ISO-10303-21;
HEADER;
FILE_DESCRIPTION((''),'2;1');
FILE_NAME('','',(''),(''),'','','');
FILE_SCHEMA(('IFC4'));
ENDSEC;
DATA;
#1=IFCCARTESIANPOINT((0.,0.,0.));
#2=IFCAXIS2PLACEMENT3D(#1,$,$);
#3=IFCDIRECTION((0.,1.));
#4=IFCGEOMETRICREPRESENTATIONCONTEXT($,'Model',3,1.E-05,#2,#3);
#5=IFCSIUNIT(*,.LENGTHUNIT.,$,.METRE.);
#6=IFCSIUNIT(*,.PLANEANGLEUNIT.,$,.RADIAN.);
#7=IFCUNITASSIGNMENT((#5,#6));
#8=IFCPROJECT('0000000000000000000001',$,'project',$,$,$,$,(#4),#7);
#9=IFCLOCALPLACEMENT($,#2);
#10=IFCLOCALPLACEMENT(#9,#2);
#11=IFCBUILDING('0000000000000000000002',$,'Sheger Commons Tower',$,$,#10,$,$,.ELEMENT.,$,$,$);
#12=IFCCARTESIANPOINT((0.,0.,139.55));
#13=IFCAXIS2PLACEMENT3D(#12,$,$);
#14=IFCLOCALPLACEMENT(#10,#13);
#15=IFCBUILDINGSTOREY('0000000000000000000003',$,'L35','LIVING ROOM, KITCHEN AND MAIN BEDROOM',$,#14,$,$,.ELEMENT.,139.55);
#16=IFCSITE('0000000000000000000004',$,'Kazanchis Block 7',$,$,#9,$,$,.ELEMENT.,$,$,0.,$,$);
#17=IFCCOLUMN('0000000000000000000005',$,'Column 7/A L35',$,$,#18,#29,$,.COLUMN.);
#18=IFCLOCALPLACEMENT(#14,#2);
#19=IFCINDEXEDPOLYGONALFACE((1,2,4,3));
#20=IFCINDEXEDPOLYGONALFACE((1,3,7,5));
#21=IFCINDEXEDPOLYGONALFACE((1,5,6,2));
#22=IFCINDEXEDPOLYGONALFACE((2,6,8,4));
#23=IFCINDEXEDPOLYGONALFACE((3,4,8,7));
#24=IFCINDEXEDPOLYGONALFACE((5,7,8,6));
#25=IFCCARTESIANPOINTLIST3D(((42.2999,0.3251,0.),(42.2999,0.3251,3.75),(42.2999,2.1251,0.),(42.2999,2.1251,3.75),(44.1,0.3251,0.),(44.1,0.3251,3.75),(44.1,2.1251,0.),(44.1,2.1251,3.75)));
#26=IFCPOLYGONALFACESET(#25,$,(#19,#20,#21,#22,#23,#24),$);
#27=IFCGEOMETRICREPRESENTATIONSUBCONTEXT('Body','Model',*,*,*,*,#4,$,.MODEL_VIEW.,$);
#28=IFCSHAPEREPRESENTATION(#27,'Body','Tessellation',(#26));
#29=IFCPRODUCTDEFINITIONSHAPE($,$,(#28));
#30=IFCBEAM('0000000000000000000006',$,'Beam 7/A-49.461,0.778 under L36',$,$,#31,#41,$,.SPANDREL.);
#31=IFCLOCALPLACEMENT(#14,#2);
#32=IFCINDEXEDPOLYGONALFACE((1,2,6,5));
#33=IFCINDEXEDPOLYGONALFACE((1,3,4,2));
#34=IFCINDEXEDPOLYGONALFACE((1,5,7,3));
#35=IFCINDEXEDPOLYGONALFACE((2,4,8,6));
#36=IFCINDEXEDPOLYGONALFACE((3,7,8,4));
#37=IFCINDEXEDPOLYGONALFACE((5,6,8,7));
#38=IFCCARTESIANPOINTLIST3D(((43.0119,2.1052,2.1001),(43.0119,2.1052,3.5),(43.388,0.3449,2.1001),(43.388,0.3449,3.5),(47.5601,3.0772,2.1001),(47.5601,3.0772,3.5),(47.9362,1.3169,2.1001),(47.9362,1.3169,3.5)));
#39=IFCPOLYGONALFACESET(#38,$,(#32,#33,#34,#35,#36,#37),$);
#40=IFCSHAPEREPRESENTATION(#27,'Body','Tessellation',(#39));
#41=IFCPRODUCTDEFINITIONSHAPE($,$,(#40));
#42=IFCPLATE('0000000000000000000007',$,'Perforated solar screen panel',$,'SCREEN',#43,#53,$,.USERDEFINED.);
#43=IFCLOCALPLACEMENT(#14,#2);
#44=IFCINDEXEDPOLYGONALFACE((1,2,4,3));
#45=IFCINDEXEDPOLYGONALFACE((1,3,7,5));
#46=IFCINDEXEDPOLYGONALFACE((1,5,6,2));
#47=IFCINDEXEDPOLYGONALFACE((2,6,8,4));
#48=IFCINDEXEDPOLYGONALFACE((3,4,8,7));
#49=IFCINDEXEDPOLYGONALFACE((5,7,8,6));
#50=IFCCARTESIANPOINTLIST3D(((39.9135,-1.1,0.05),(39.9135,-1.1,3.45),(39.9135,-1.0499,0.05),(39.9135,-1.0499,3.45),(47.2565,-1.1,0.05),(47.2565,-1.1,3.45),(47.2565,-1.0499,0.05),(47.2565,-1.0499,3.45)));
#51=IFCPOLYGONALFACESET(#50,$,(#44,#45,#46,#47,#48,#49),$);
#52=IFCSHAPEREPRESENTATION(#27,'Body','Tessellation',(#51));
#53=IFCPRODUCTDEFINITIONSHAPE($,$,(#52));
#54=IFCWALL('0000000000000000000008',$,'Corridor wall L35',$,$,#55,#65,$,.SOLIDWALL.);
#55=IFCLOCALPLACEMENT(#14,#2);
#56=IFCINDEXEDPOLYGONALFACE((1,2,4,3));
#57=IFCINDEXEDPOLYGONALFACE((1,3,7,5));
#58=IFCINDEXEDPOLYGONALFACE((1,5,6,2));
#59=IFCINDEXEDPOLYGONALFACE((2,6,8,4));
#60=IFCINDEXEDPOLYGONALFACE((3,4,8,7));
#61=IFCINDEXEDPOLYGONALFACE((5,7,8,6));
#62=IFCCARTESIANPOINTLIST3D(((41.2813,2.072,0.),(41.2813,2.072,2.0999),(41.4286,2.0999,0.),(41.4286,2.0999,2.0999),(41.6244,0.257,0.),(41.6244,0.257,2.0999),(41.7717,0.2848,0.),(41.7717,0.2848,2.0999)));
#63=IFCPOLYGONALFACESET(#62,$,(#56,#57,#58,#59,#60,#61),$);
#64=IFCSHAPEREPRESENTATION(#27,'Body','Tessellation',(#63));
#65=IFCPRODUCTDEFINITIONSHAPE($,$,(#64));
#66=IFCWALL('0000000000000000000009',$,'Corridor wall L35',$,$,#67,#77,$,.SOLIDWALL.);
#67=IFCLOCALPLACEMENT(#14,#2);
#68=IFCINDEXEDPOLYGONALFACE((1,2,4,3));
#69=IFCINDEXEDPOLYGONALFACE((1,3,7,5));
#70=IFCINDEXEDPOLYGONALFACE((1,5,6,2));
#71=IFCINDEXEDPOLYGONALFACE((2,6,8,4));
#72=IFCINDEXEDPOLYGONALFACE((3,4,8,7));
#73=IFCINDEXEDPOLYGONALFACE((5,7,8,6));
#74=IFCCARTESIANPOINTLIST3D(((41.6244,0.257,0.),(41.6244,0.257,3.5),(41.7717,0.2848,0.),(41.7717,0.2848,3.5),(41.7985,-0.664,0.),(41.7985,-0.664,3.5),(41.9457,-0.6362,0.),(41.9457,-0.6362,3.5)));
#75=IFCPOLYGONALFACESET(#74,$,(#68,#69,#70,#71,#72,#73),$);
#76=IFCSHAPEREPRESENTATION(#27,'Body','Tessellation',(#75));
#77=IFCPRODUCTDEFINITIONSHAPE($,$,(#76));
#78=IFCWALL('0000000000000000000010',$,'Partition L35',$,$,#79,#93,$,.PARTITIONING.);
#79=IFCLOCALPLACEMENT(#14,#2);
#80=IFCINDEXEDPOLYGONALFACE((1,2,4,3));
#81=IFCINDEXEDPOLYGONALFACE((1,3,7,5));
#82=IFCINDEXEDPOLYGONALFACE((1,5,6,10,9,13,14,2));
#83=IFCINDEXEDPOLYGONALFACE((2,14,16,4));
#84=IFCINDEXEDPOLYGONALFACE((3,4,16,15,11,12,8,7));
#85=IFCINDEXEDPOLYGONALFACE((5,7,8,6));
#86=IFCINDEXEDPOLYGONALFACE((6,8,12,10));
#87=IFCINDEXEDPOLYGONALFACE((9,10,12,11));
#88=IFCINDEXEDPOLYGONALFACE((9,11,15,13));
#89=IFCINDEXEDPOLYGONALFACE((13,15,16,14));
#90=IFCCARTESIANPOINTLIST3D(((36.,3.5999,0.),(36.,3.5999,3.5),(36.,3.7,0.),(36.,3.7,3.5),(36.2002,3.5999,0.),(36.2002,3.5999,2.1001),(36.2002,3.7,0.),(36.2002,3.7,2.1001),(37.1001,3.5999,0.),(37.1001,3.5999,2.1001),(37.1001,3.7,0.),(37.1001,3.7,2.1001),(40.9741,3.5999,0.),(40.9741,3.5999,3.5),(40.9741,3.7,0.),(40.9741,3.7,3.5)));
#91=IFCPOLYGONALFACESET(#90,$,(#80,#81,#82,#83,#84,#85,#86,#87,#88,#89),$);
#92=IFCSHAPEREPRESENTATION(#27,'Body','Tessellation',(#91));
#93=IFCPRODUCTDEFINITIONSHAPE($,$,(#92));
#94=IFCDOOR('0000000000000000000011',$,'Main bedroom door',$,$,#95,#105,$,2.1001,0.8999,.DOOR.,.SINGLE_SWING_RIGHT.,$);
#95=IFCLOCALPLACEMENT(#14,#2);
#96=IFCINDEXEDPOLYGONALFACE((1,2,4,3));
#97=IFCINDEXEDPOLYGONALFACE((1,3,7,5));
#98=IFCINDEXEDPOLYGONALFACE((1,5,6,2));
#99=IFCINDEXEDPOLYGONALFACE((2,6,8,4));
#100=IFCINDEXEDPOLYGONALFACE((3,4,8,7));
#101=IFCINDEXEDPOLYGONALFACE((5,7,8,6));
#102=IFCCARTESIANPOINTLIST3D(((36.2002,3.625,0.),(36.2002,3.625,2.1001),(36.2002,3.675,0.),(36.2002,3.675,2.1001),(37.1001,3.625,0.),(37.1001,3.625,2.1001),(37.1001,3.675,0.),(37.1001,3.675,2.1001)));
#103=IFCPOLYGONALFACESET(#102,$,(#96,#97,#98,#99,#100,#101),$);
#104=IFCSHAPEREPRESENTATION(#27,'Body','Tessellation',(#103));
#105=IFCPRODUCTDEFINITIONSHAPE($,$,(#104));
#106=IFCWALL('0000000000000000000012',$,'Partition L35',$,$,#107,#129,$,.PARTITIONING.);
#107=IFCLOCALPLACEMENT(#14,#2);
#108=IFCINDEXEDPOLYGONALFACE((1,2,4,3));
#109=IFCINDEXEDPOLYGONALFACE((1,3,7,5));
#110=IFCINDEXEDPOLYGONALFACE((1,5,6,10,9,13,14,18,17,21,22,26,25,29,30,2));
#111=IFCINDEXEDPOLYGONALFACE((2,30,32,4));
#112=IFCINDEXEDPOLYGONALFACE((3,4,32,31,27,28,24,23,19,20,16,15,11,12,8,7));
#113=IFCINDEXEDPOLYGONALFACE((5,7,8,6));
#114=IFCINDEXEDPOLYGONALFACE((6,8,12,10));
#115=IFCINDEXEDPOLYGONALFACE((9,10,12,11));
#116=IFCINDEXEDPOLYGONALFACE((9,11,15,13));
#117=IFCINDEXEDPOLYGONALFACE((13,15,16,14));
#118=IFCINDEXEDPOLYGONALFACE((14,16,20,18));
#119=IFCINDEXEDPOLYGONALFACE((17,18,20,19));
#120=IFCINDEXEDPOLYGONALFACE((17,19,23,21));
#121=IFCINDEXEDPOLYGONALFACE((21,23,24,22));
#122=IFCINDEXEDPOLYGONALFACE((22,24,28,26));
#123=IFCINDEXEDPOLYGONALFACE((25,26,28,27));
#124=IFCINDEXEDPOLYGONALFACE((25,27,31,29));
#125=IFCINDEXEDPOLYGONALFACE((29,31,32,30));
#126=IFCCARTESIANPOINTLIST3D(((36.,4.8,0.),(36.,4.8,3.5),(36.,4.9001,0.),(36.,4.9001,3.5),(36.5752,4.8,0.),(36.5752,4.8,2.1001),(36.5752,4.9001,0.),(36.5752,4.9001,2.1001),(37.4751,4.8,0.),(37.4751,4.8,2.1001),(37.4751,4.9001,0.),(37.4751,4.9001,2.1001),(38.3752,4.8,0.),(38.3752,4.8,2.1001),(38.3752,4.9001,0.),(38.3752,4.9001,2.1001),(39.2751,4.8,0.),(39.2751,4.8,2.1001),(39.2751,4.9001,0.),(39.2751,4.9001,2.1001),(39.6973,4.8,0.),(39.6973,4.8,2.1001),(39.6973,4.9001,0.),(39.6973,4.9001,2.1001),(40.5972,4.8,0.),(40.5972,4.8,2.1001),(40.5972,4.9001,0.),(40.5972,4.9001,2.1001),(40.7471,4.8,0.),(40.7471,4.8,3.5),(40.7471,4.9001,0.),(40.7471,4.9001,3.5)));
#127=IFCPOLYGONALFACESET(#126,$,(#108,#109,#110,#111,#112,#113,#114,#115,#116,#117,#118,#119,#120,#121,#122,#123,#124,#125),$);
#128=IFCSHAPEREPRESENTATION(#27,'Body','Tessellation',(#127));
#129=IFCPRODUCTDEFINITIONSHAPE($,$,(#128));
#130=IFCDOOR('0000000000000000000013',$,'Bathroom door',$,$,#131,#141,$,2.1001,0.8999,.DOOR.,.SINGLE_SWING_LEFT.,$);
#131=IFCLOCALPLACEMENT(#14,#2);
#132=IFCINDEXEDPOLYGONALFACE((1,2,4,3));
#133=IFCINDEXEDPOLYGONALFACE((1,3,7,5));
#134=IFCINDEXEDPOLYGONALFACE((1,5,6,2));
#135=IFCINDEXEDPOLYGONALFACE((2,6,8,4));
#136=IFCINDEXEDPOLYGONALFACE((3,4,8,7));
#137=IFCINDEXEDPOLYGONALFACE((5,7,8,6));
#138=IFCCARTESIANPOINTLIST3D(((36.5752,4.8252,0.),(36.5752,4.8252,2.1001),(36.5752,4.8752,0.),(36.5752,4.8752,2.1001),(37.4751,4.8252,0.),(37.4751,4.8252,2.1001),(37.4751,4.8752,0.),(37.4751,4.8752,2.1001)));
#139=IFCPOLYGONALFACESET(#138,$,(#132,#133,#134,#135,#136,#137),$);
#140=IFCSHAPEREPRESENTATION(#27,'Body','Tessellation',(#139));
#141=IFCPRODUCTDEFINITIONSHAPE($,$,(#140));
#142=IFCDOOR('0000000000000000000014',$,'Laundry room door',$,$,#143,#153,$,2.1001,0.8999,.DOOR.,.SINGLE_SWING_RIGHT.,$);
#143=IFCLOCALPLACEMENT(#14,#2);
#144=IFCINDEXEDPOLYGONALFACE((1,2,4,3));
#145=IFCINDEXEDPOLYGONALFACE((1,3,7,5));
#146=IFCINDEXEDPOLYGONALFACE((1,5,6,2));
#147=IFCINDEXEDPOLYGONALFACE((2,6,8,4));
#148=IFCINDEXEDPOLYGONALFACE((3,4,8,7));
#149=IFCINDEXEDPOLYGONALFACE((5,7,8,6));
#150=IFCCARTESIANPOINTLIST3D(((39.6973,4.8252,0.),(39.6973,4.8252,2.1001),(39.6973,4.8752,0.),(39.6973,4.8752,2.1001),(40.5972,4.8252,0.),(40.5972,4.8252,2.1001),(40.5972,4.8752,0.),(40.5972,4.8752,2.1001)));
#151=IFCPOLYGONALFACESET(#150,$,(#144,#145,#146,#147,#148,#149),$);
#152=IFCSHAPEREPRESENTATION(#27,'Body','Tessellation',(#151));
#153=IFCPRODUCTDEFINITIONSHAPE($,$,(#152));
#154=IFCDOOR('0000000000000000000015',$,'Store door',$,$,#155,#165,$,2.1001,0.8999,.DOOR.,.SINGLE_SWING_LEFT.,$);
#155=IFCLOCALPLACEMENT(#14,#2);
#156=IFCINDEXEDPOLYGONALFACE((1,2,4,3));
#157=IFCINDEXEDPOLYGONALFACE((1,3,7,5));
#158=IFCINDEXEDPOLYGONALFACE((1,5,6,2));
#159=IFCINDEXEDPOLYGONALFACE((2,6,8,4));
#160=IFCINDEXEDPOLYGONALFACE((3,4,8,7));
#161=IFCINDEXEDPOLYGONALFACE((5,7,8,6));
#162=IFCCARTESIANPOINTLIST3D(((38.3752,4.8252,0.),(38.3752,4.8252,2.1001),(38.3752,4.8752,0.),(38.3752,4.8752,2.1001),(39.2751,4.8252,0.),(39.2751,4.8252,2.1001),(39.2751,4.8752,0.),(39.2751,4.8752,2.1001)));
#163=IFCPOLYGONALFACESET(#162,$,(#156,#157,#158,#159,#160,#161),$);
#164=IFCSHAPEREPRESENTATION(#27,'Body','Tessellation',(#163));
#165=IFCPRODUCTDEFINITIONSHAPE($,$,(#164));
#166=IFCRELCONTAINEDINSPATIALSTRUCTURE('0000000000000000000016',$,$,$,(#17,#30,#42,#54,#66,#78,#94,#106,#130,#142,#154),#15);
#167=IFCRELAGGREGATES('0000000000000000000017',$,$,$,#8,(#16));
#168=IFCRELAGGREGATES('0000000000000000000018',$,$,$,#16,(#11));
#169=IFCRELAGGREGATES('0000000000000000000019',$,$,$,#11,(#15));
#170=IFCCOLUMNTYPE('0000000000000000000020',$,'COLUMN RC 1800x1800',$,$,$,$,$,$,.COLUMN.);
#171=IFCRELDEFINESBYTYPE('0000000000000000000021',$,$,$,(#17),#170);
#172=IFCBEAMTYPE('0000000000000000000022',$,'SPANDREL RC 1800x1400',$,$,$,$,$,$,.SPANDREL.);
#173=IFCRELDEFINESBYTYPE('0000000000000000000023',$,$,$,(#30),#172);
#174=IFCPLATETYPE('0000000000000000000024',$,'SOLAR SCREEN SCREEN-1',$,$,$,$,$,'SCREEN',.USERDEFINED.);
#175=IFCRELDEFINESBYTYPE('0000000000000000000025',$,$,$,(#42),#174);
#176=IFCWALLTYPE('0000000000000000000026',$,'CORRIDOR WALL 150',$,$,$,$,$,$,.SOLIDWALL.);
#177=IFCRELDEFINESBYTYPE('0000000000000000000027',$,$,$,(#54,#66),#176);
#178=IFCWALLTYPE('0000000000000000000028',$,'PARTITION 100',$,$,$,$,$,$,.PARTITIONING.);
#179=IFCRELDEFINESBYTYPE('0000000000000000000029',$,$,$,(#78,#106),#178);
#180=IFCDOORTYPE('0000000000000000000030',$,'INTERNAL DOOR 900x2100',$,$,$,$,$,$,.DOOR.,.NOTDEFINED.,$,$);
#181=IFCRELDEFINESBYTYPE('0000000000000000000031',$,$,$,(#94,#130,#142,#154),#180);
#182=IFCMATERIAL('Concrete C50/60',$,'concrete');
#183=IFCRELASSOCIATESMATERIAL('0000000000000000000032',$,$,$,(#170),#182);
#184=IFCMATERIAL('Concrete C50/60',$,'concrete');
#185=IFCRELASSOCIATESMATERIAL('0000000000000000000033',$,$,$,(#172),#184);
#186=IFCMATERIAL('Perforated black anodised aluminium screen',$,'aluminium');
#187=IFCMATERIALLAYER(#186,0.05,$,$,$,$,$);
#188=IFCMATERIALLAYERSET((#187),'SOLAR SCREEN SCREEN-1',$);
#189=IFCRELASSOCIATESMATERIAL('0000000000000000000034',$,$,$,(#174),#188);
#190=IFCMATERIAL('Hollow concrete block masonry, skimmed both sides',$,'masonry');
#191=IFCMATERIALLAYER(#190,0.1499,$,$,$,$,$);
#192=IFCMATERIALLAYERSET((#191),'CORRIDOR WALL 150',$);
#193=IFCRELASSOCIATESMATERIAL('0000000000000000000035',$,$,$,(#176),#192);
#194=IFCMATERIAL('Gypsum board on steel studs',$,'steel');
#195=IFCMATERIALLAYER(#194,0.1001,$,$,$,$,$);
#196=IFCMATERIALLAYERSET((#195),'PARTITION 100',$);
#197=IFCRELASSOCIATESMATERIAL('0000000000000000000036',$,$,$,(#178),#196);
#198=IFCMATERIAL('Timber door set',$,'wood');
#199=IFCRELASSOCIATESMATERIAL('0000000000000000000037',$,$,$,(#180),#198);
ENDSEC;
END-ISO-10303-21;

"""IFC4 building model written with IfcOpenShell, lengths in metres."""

from ifc_helpers import new_model, si_unit, direction, frame, frame_2d, origin, origin_2d, place, context, subcontext, project, spatial, rectangle, extrude, material, layer, layer_set, material_profile, profile_set, type_object, element, fill, save


model = new_model("IFC4")

# Units and contexts
model_context = context("Model", 3, precision=1e-05, world=origin(), true_north=direction((0.0, 1.0)))
body_context = subcontext(model_context, "Body", "Model", "MODEL_VIEW")
ifc_project = project(units=[si_unit("LENGTHUNIT", "METRE"), si_unit("PLANEANGLEUNIT", "RADIAN")], contexts=[model_context])

# Site, building, storey
site_placement = place(None, origin())
site = spatial("IfcSite", under=ifc_project, at=site_placement, Name="Kazanchis Block 7", CompositionType="ELEMENT", RefElevation=0.0)
building_placement = place(site_placement, origin())
building = spatial("IfcBuilding", under=site, at=building_placement, Name="Sheger Commons Tower", CompositionType="ELEMENT")
storey_placement = place(building_placement, frame((0.0, 0.0, 139.55)))
storey = spatial("IfcBuildingStorey", under=building, at=storey_placement, Name="L35", Description="LIVING ROOM, KITCHEN AND MAIN BEDROOM", CompositionType="ELEMENT", Elevation=139.55)

# Column
ifc_material_1 = material(Name="Concrete C50/60", Category="concrete")
ifc_material_profile_1 = material_profile(ifc_material_1, rectangle(XDim=1.8, YDim=1.8, at=origin_2d()), Name="RC 1800x1800")
ifc_profile_set_1 = profile_set([ifc_material_profile_1], Name="Concrete C50/60")
column_type = type_object("IfcColumnType", Name="COLUMN RC 1800x1800", PredefinedType="COLUMN", material=ifc_profile_set_1)
column_placement = place(storey_placement, frame((43.2, 1.2251, 0.0), z_axis=(0.0, 0.0, 1.0), x_axis=(1.0, 0.0, 0.0)))
element("IfcColumn", 1, at=column_placement, inside=storey, type_object=column_type, Name="Column 7/A L35", PredefinedType="COLUMN", context=body_context, shape_type="SweptSolid", body=[
    extrude(rectangle(XDim=1.8, YDim=1.8, at=origin_2d()), origin(), (0.0, 0.0, 1.0), 3.75),
])

# Beam
ifc_material_2 = material(Name="Concrete C50/60", Category="concrete")
ifc_material_profile_2 = material_profile(ifc_material_2, rectangle(XDim=1.8, YDim=1.3999, at=origin_2d()), Name="RC 1800x1400")
ifc_profile_set_2 = profile_set([ifc_material_profile_2], Name="Concrete C50/60")
beam_type = type_object("IfcBeamType", Name="SPANDREL RC 1800x1400", PredefinedType="SPANDREL", material=ifc_profile_set_2)
beam_placement = place(storey_placement, frame((43.2, 1.2251, 2.8), z_axis=(0.97792, 0.208981, 0.0), x_axis=(-0.208981, 0.97792, 0.0)))
element("IfcBeam", 2, at=beam_placement, inside=storey, type_object=beam_type, Name="Beam 7/A-49.461,0.778 under L36", PredefinedType="SPANDREL", context=body_context, shape_type="SweptSolid", body=[
    extrude(rectangle(XDim=1.8, YDim=1.3999, at=origin_2d()), origin(), (0.0, 0.0, 1.0), 4.6509),
])

# Plate
ifc_material_3 = material(Name="Perforated black anodised aluminium screen", Category="aluminium")
ifc_layer_1 = layer(ifc_material_3, 0.05)
ifc_layer_set_1 = layer_set([ifc_layer_1], Name="SOLAR SCREEN SCREEN-1")
plate_type = type_object("IfcPlateType", Name="SOLAR SCREEN SCREEN-1", ElementType="SCREEN", PredefinedType="USERDEFINED", material=ifc_layer_set_1)
plate_placement = place(storey_placement, frame((43.585, -1.075, 0.05), z_axis=(0.0, 0.0, 1.0), x_axis=(1.0, 0.0, 0.0)))
element("IfcPlate", 3, at=plate_placement, inside=storey, type_object=plate_type, Name="Perforated solar screen panel", ObjectType="SCREEN", PredefinedType="USERDEFINED", context=body_context, shape_type="SweptSolid", body=[
    extrude(rectangle(XDim=7.343, YDim=0.05, at=origin_2d()), origin(), (0.0, 0.0, 1.0), 3.3999),
])

# Walls
ifc_material_4 = material(Name="Hollow concrete block masonry, skimmed both sides", Category="masonry")
ifc_layer_2 = layer(ifc_material_4, 0.1499)
ifc_layer_set_2 = layer_set([ifc_layer_2], Name="CORRIDOR WALL 150")
wall_type_1 = type_object("IfcWallType", Name="CORRIDOR WALL 150", PredefinedType="SOLIDWALL", material=ifc_layer_set_2)
wall_1_placement = place(storey_placement, frame((41.355, 2.0859, 0.0), z_axis=(0.0, 0.0, 1.0), x_axis=(0.185709, -0.982605, 0.0)))
element("IfcWall", 4, at=wall_1_placement, inside=storey, type_object=wall_type_1, Name="Corridor wall L35", PredefinedType="SOLIDWALL", context=body_context, shape_type="SweptSolid", body=[
    extrude(rectangle(XDim=1.8472, YDim=0.1499, at=frame_2d((0.9236, 0.0))), origin(), (0.0, 0.0, 1.0), 2.0999),
])
wall_2_placement = place(storey_placement, frame((41.698, 0.271, 0.0), z_axis=(0.0, 0.0, 1.0), x_axis=(0.185735, -0.9826, 0.0)))
element("IfcWall", 5, at=wall_2_placement, inside=storey, type_object=wall_type_1, Name="Corridor wall L35", PredefinedType="SOLIDWALL", context=body_context, shape_type="SweptSolid", body=[
    extrude(rectangle(XDim=0.9373, YDim=0.1499, at=frame_2d((0.4688, 0.0))), origin(), (0.0, 0.0, 1.0), 3.5),
])

# Wall, opening, door
ifc_material_5 = material(Name="Gypsum board on steel studs", Category="steel")
ifc_layer_3 = layer(ifc_material_5, 0.1001)
ifc_layer_set_3 = layer_set([ifc_layer_3], Name="PARTITION 100")
wall_type_2 = type_object("IfcWallType", Name="PARTITION 100", PredefinedType="PARTITIONING", material=ifc_layer_set_3)
wall_3_placement = place(storey_placement, frame((40.9741, 3.6499, 0.0), z_axis=(0.0, 0.0, 1.0), x_axis=(-1.0, 0.0, 0.0)))
wall_3 = element("IfcWall", 6, at=wall_3_placement, inside=storey, type_object=wall_type_2, Name="Partition L35", PredefinedType="PARTITIONING", context=body_context, shape_type="SweptSolid", body=[
    extrude(rectangle(XDim=4.9741, YDim=0.1001, at=frame_2d((2.4871, 0.0))), origin(), (0.0, 0.0, 1.0), 3.5),
])
opening_1_placement = place(wall_3_placement, frame((3.874, 0.0, 0.0)))
opening_1 = element("IfcOpeningElement", 7, at=opening_1_placement, cuts=wall_3, PredefinedType="OPENING", context=body_context, shape_type="SweptSolid", body=[
    extrude(rectangle(XDim=0.8999, YDim=2.1001, at=frame_2d((0.45, 1.05))), frame((0.0, 0.0601, 0.0), z_axis=(0.0, -1.0, 0.0), x_axis=(1.0, 0.0, 0.0)), (0.0, 0.0, 1.0), 0.1201),
])
ifc_material_6 = material(Name="Timber door set", Category="wood")
door_type = type_object("IfcDoorType", Name="INTERNAL DOOR 900x2100", OperationType="NOTDEFINED", PredefinedType="DOOR", material=ifc_material_6)
door_1_placement = place(opening_1_placement, origin())
door_1 = element("IfcDoor", 8, at=door_1_placement, inside=storey, type_object=door_type, Name="Main bedroom door", OperationType="SINGLE_SWING_RIGHT", OverallHeight=2.1001, OverallWidth=0.8999, PredefinedType="DOOR", context=body_context, shape_type="SweptSolid", body=[
    extrude(rectangle(XDim=0.8999, YDim=2.1001, at=frame_2d((0.45, 1.05))), frame((0.0, 0.0249, 0.0), z_axis=(0.0, -1.0, 0.0), x_axis=(1.0, 0.0, 0.0)), (0.0, 0.0, 1.0), 0.05),
])
fill(opening_1, door_1)

# Wall, openings, doors
wall_4_placement = place(storey_placement, frame((40.7471, 4.8501, 0.0), z_axis=(0.0, 0.0, 1.0), x_axis=(-1.0, 0.0, 0.0)))
wall_4 = element("IfcWall", 9, at=wall_4_placement, inside=storey, type_object=wall_type_2, Name="Partition L35", PredefinedType="PARTITIONING", context=body_context, shape_type="SweptSolid", body=[
    extrude(rectangle(XDim=4.7471, YDim=0.1001, at=frame_2d((2.3735, 0.0))), origin(), (0.0, 0.0, 1.0), 3.5),
])
opening_2_placement = place(wall_4_placement, frame((3.272, 0.0, 0.0)))
opening_2 = element("IfcOpeningElement", 10, at=opening_2_placement, cuts=wall_4, PredefinedType="OPENING", context=body_context, shape_type="SweptSolid", body=[
    extrude(rectangle(XDim=0.8999, YDim=2.1001, at=frame_2d((0.45, 1.05))), frame((0.0, 0.0601, 0.0), z_axis=(0.0, -1.0, 0.0), x_axis=(1.0, 0.0, 0.0)), (0.0, 0.0, 1.0), 0.1201),
])
opening_3_placement = place(wall_4_placement, frame((0.1499, 0.0, 0.0)))
opening_3 = element("IfcOpeningElement", 11, at=opening_3_placement, cuts=wall_4, PredefinedType="OPENING", context=body_context, shape_type="SweptSolid", body=[
    extrude(rectangle(XDim=0.8999, YDim=2.1001, at=frame_2d((0.45, 1.05))), frame((0.0, 0.0601, 0.0), z_axis=(0.0, -1.0, 0.0), x_axis=(1.0, 0.0, 0.0)), (0.0, 0.0, 1.0), 0.1201),
])
opening_4_placement = place(wall_4_placement, frame((1.4719, 0.0, 0.0)))
opening_4 = element("IfcOpeningElement", 12, at=opening_4_placement, cuts=wall_4, PredefinedType="OPENING", context=body_context, shape_type="SweptSolid", body=[
    extrude(rectangle(XDim=0.8999, YDim=2.1001, at=frame_2d((0.45, 1.05))), frame((0.0, 0.0601, 0.0), z_axis=(0.0, -1.0, 0.0), x_axis=(1.0, 0.0, 0.0)), (0.0, 0.0, 1.0), 0.1201),
])
door_2_placement = place(opening_2_placement, origin())
door_2 = element("IfcDoor", 13, at=door_2_placement, inside=storey, type_object=door_type, Name="Bathroom door", OperationType="SINGLE_SWING_LEFT", OverallHeight=2.1001, OverallWidth=0.8999, PredefinedType="DOOR", context=body_context, shape_type="SweptSolid", body=[
    extrude(rectangle(XDim=0.8999, YDim=2.1001, at=frame_2d((0.45, 1.05))), frame((0.0, 0.0249, 0.0), z_axis=(0.0, -1.0, 0.0), x_axis=(1.0, 0.0, 0.0)), (0.0, 0.0, 1.0), 0.05),
])
fill(opening_2, door_2)
door_3_placement = place(opening_3_placement, origin())
door_3 = element("IfcDoor", 14, at=door_3_placement, inside=storey, type_object=door_type, Name="Laundry room door", OperationType="SINGLE_SWING_RIGHT", OverallHeight=2.1001, OverallWidth=0.8999, PredefinedType="DOOR", context=body_context, shape_type="SweptSolid", body=[
    extrude(rectangle(XDim=0.8999, YDim=2.1001, at=frame_2d((0.45, 1.05))), frame((0.0, 0.0249, 0.0), z_axis=(0.0, -1.0, 0.0), x_axis=(1.0, 0.0, 0.0)), (0.0, 0.0, 1.0), 0.05),
])
fill(opening_3, door_3)
door_4_placement = place(opening_4_placement, origin())
door_4 = element("IfcDoor", 15, at=door_4_placement, inside=storey, type_object=door_type, Name="Store door", OperationType="SINGLE_SWING_LEFT", OverallHeight=2.1001, OverallWidth=0.8999, PredefinedType="DOOR", context=body_context, shape_type="SweptSolid", body=[
    extrude(rectangle(XDim=0.8999, YDim=2.1001, at=frame_2d((0.45, 1.05))), frame((0.0, 0.0249, 0.0), z_axis=(0.0, -1.0, 0.0), x_axis=(1.0, 0.0, 0.0)), (0.0, 0.0, 1.0), 0.05),
])
fill(opening_4, door_4)

save(model, "model.ifc")
